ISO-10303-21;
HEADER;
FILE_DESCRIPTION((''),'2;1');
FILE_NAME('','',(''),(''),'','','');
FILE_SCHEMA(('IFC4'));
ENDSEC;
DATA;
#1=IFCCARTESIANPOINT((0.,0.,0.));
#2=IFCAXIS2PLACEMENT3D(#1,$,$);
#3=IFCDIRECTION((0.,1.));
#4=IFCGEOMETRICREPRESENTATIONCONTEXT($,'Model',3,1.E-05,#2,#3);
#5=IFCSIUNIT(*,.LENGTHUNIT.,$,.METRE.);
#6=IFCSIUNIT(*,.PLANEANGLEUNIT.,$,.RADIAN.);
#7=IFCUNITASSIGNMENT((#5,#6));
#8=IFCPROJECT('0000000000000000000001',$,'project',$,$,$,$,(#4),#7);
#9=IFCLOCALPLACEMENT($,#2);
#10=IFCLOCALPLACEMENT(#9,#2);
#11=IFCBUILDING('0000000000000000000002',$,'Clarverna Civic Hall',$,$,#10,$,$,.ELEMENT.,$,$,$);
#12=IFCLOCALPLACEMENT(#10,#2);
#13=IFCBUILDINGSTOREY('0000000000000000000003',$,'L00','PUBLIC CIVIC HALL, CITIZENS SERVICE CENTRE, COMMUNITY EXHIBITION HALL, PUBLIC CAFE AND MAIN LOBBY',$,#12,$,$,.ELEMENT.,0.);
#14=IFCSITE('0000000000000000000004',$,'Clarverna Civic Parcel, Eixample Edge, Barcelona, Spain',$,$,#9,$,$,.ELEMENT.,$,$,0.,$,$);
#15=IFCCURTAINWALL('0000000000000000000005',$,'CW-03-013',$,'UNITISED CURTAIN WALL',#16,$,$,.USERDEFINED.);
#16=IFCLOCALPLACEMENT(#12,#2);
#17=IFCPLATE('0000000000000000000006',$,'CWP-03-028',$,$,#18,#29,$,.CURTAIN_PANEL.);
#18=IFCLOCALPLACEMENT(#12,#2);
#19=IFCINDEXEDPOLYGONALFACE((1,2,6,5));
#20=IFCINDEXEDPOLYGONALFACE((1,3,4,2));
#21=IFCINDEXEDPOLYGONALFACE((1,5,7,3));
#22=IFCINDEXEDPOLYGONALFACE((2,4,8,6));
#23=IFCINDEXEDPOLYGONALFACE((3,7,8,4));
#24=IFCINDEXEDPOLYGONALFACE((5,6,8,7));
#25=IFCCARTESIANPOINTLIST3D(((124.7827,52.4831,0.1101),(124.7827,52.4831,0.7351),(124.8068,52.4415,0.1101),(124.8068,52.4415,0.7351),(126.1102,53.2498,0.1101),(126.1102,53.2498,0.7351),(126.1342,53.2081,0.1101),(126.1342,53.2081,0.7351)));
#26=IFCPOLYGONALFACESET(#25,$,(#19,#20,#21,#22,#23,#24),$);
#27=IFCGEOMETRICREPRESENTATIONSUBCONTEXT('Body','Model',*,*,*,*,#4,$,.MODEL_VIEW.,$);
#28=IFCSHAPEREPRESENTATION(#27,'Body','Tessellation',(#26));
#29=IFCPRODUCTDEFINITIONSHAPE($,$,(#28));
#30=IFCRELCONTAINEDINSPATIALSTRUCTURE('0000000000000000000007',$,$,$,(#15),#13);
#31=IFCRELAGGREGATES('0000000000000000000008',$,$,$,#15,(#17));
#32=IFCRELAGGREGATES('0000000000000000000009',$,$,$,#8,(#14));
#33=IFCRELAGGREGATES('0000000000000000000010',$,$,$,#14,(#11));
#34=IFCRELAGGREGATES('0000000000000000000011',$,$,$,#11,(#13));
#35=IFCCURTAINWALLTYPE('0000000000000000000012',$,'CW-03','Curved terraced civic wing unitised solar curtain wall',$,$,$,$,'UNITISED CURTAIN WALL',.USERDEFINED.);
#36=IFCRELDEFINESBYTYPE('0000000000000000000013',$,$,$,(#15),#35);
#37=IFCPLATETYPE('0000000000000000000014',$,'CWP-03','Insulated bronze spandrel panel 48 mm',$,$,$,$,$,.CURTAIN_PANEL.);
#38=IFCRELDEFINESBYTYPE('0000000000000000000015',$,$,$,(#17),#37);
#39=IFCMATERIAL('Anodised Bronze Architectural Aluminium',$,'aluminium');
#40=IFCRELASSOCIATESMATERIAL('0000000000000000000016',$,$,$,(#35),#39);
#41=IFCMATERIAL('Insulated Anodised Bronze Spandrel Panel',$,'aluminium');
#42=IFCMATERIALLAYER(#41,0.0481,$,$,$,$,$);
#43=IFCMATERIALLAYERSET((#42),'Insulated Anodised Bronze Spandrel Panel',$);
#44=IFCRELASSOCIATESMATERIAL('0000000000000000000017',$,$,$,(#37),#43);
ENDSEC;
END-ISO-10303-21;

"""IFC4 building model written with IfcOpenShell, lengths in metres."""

from ifc_helpers import new_model, si_unit, direction, frame, frame_2d, origin, place, context, subcontext, project, spatial, rectangle, extrude, material, layer, layer_set, type_object, element, aggregate, save


model = new_model("IFC4")

# Units and contexts
model_context = context("Model", 3, precision=1e-05, world=origin(), true_north=direction((0.0, 1.0)))
body_context = subcontext(model_context, "Body", "Model", "MODEL_VIEW")
ifc_project = project(units=[si_unit("LENGTHUNIT", "METRE"), si_unit("PLANEANGLEUNIT", "RADIAN")], contexts=[model_context])

# Site, building, storey
site_placement = place(None, origin())
site = spatial("IfcSite", under=ifc_project, at=site_placement, Name="Clarverna Civic Parcel, Eixample Edge, Barcelona, Spain", CompositionType="ELEMENT", RefElevation=0.0)
building_placement = place(site_placement, origin())
building = spatial("IfcBuilding", under=site, at=building_placement, Name="Clarverna Civic Hall", CompositionType="ELEMENT")
storey_placement = place(building_placement, origin())
storey = spatial("IfcBuildingStorey", under=building, at=storey_placement, Name="L00", Description="PUBLIC CIVIC HALL, CITIZENS SERVICE CENTRE, COMMUNITY EXHIBITION HALL, PUBLIC CAFE AND MAIN LOBBY", CompositionType="ELEMENT", Elevation=0.0)

# Curtain wall
ifc_material_1 = material(Name="Anodised Bronze Architectural Aluminium", Category="aluminium")
curtain_wall_type = type_object("IfcCurtainWallType", Name="CW-03", Description="Curved terraced civic wing unitised solar curtain wall", ElementType="UNITISED CURTAIN WALL", PredefinedType="USERDEFINED", material=ifc_material_1)
curtain_wall_1_placement = place(storey_placement, origin())
curtain_wall_1 = element("IfcCurtainWall", 1, at=curtain_wall_1_placement, inside=storey, type_object=curtain_wall_type, Name="CW-03-013", ObjectType="UNITISED CURTAIN WALL", PredefinedType="USERDEFINED")

# Plate
ifc_material_2 = material(Name="Insulated Anodised Bronze Spandrel Panel", Category="aluminium")
ifc_layer_1 = layer(ifc_material_2, 0.0481)
ifc_layer_set_1 = layer_set([ifc_layer_1], Name="Insulated Anodised Bronze Spandrel Panel")
plate_type_1 = type_object("IfcPlateType", Name="CWP-03", Description="Insulated bronze spandrel panel 48 mm", PredefinedType="CURTAIN_PANEL", material=ifc_layer_set_1)
plate_1_placement = place(storey_placement, frame((126.1223, 53.229, 0.1101), z_axis=(0.0, 0.0, 1.0), x_axis=(-0.86596, -0.500113, 0.0)))
plate_1 = element("IfcPlate", 2, at=plate_1_placement, type_object=plate_type_1, Name="CWP-03-028", PredefinedType="CURTAIN_PANEL", context=body_context, shape_type="SweptSolid", body=[
    extrude(rectangle(XDim=1.533, YDim=0.0481, at=frame_2d((0.7666, 0.0))), origin(), (0.0, 0.0, 1.0), 0.625),
])
aggregate(curtain_wall_1, [plate_1])

save(model, "model.ifc")
